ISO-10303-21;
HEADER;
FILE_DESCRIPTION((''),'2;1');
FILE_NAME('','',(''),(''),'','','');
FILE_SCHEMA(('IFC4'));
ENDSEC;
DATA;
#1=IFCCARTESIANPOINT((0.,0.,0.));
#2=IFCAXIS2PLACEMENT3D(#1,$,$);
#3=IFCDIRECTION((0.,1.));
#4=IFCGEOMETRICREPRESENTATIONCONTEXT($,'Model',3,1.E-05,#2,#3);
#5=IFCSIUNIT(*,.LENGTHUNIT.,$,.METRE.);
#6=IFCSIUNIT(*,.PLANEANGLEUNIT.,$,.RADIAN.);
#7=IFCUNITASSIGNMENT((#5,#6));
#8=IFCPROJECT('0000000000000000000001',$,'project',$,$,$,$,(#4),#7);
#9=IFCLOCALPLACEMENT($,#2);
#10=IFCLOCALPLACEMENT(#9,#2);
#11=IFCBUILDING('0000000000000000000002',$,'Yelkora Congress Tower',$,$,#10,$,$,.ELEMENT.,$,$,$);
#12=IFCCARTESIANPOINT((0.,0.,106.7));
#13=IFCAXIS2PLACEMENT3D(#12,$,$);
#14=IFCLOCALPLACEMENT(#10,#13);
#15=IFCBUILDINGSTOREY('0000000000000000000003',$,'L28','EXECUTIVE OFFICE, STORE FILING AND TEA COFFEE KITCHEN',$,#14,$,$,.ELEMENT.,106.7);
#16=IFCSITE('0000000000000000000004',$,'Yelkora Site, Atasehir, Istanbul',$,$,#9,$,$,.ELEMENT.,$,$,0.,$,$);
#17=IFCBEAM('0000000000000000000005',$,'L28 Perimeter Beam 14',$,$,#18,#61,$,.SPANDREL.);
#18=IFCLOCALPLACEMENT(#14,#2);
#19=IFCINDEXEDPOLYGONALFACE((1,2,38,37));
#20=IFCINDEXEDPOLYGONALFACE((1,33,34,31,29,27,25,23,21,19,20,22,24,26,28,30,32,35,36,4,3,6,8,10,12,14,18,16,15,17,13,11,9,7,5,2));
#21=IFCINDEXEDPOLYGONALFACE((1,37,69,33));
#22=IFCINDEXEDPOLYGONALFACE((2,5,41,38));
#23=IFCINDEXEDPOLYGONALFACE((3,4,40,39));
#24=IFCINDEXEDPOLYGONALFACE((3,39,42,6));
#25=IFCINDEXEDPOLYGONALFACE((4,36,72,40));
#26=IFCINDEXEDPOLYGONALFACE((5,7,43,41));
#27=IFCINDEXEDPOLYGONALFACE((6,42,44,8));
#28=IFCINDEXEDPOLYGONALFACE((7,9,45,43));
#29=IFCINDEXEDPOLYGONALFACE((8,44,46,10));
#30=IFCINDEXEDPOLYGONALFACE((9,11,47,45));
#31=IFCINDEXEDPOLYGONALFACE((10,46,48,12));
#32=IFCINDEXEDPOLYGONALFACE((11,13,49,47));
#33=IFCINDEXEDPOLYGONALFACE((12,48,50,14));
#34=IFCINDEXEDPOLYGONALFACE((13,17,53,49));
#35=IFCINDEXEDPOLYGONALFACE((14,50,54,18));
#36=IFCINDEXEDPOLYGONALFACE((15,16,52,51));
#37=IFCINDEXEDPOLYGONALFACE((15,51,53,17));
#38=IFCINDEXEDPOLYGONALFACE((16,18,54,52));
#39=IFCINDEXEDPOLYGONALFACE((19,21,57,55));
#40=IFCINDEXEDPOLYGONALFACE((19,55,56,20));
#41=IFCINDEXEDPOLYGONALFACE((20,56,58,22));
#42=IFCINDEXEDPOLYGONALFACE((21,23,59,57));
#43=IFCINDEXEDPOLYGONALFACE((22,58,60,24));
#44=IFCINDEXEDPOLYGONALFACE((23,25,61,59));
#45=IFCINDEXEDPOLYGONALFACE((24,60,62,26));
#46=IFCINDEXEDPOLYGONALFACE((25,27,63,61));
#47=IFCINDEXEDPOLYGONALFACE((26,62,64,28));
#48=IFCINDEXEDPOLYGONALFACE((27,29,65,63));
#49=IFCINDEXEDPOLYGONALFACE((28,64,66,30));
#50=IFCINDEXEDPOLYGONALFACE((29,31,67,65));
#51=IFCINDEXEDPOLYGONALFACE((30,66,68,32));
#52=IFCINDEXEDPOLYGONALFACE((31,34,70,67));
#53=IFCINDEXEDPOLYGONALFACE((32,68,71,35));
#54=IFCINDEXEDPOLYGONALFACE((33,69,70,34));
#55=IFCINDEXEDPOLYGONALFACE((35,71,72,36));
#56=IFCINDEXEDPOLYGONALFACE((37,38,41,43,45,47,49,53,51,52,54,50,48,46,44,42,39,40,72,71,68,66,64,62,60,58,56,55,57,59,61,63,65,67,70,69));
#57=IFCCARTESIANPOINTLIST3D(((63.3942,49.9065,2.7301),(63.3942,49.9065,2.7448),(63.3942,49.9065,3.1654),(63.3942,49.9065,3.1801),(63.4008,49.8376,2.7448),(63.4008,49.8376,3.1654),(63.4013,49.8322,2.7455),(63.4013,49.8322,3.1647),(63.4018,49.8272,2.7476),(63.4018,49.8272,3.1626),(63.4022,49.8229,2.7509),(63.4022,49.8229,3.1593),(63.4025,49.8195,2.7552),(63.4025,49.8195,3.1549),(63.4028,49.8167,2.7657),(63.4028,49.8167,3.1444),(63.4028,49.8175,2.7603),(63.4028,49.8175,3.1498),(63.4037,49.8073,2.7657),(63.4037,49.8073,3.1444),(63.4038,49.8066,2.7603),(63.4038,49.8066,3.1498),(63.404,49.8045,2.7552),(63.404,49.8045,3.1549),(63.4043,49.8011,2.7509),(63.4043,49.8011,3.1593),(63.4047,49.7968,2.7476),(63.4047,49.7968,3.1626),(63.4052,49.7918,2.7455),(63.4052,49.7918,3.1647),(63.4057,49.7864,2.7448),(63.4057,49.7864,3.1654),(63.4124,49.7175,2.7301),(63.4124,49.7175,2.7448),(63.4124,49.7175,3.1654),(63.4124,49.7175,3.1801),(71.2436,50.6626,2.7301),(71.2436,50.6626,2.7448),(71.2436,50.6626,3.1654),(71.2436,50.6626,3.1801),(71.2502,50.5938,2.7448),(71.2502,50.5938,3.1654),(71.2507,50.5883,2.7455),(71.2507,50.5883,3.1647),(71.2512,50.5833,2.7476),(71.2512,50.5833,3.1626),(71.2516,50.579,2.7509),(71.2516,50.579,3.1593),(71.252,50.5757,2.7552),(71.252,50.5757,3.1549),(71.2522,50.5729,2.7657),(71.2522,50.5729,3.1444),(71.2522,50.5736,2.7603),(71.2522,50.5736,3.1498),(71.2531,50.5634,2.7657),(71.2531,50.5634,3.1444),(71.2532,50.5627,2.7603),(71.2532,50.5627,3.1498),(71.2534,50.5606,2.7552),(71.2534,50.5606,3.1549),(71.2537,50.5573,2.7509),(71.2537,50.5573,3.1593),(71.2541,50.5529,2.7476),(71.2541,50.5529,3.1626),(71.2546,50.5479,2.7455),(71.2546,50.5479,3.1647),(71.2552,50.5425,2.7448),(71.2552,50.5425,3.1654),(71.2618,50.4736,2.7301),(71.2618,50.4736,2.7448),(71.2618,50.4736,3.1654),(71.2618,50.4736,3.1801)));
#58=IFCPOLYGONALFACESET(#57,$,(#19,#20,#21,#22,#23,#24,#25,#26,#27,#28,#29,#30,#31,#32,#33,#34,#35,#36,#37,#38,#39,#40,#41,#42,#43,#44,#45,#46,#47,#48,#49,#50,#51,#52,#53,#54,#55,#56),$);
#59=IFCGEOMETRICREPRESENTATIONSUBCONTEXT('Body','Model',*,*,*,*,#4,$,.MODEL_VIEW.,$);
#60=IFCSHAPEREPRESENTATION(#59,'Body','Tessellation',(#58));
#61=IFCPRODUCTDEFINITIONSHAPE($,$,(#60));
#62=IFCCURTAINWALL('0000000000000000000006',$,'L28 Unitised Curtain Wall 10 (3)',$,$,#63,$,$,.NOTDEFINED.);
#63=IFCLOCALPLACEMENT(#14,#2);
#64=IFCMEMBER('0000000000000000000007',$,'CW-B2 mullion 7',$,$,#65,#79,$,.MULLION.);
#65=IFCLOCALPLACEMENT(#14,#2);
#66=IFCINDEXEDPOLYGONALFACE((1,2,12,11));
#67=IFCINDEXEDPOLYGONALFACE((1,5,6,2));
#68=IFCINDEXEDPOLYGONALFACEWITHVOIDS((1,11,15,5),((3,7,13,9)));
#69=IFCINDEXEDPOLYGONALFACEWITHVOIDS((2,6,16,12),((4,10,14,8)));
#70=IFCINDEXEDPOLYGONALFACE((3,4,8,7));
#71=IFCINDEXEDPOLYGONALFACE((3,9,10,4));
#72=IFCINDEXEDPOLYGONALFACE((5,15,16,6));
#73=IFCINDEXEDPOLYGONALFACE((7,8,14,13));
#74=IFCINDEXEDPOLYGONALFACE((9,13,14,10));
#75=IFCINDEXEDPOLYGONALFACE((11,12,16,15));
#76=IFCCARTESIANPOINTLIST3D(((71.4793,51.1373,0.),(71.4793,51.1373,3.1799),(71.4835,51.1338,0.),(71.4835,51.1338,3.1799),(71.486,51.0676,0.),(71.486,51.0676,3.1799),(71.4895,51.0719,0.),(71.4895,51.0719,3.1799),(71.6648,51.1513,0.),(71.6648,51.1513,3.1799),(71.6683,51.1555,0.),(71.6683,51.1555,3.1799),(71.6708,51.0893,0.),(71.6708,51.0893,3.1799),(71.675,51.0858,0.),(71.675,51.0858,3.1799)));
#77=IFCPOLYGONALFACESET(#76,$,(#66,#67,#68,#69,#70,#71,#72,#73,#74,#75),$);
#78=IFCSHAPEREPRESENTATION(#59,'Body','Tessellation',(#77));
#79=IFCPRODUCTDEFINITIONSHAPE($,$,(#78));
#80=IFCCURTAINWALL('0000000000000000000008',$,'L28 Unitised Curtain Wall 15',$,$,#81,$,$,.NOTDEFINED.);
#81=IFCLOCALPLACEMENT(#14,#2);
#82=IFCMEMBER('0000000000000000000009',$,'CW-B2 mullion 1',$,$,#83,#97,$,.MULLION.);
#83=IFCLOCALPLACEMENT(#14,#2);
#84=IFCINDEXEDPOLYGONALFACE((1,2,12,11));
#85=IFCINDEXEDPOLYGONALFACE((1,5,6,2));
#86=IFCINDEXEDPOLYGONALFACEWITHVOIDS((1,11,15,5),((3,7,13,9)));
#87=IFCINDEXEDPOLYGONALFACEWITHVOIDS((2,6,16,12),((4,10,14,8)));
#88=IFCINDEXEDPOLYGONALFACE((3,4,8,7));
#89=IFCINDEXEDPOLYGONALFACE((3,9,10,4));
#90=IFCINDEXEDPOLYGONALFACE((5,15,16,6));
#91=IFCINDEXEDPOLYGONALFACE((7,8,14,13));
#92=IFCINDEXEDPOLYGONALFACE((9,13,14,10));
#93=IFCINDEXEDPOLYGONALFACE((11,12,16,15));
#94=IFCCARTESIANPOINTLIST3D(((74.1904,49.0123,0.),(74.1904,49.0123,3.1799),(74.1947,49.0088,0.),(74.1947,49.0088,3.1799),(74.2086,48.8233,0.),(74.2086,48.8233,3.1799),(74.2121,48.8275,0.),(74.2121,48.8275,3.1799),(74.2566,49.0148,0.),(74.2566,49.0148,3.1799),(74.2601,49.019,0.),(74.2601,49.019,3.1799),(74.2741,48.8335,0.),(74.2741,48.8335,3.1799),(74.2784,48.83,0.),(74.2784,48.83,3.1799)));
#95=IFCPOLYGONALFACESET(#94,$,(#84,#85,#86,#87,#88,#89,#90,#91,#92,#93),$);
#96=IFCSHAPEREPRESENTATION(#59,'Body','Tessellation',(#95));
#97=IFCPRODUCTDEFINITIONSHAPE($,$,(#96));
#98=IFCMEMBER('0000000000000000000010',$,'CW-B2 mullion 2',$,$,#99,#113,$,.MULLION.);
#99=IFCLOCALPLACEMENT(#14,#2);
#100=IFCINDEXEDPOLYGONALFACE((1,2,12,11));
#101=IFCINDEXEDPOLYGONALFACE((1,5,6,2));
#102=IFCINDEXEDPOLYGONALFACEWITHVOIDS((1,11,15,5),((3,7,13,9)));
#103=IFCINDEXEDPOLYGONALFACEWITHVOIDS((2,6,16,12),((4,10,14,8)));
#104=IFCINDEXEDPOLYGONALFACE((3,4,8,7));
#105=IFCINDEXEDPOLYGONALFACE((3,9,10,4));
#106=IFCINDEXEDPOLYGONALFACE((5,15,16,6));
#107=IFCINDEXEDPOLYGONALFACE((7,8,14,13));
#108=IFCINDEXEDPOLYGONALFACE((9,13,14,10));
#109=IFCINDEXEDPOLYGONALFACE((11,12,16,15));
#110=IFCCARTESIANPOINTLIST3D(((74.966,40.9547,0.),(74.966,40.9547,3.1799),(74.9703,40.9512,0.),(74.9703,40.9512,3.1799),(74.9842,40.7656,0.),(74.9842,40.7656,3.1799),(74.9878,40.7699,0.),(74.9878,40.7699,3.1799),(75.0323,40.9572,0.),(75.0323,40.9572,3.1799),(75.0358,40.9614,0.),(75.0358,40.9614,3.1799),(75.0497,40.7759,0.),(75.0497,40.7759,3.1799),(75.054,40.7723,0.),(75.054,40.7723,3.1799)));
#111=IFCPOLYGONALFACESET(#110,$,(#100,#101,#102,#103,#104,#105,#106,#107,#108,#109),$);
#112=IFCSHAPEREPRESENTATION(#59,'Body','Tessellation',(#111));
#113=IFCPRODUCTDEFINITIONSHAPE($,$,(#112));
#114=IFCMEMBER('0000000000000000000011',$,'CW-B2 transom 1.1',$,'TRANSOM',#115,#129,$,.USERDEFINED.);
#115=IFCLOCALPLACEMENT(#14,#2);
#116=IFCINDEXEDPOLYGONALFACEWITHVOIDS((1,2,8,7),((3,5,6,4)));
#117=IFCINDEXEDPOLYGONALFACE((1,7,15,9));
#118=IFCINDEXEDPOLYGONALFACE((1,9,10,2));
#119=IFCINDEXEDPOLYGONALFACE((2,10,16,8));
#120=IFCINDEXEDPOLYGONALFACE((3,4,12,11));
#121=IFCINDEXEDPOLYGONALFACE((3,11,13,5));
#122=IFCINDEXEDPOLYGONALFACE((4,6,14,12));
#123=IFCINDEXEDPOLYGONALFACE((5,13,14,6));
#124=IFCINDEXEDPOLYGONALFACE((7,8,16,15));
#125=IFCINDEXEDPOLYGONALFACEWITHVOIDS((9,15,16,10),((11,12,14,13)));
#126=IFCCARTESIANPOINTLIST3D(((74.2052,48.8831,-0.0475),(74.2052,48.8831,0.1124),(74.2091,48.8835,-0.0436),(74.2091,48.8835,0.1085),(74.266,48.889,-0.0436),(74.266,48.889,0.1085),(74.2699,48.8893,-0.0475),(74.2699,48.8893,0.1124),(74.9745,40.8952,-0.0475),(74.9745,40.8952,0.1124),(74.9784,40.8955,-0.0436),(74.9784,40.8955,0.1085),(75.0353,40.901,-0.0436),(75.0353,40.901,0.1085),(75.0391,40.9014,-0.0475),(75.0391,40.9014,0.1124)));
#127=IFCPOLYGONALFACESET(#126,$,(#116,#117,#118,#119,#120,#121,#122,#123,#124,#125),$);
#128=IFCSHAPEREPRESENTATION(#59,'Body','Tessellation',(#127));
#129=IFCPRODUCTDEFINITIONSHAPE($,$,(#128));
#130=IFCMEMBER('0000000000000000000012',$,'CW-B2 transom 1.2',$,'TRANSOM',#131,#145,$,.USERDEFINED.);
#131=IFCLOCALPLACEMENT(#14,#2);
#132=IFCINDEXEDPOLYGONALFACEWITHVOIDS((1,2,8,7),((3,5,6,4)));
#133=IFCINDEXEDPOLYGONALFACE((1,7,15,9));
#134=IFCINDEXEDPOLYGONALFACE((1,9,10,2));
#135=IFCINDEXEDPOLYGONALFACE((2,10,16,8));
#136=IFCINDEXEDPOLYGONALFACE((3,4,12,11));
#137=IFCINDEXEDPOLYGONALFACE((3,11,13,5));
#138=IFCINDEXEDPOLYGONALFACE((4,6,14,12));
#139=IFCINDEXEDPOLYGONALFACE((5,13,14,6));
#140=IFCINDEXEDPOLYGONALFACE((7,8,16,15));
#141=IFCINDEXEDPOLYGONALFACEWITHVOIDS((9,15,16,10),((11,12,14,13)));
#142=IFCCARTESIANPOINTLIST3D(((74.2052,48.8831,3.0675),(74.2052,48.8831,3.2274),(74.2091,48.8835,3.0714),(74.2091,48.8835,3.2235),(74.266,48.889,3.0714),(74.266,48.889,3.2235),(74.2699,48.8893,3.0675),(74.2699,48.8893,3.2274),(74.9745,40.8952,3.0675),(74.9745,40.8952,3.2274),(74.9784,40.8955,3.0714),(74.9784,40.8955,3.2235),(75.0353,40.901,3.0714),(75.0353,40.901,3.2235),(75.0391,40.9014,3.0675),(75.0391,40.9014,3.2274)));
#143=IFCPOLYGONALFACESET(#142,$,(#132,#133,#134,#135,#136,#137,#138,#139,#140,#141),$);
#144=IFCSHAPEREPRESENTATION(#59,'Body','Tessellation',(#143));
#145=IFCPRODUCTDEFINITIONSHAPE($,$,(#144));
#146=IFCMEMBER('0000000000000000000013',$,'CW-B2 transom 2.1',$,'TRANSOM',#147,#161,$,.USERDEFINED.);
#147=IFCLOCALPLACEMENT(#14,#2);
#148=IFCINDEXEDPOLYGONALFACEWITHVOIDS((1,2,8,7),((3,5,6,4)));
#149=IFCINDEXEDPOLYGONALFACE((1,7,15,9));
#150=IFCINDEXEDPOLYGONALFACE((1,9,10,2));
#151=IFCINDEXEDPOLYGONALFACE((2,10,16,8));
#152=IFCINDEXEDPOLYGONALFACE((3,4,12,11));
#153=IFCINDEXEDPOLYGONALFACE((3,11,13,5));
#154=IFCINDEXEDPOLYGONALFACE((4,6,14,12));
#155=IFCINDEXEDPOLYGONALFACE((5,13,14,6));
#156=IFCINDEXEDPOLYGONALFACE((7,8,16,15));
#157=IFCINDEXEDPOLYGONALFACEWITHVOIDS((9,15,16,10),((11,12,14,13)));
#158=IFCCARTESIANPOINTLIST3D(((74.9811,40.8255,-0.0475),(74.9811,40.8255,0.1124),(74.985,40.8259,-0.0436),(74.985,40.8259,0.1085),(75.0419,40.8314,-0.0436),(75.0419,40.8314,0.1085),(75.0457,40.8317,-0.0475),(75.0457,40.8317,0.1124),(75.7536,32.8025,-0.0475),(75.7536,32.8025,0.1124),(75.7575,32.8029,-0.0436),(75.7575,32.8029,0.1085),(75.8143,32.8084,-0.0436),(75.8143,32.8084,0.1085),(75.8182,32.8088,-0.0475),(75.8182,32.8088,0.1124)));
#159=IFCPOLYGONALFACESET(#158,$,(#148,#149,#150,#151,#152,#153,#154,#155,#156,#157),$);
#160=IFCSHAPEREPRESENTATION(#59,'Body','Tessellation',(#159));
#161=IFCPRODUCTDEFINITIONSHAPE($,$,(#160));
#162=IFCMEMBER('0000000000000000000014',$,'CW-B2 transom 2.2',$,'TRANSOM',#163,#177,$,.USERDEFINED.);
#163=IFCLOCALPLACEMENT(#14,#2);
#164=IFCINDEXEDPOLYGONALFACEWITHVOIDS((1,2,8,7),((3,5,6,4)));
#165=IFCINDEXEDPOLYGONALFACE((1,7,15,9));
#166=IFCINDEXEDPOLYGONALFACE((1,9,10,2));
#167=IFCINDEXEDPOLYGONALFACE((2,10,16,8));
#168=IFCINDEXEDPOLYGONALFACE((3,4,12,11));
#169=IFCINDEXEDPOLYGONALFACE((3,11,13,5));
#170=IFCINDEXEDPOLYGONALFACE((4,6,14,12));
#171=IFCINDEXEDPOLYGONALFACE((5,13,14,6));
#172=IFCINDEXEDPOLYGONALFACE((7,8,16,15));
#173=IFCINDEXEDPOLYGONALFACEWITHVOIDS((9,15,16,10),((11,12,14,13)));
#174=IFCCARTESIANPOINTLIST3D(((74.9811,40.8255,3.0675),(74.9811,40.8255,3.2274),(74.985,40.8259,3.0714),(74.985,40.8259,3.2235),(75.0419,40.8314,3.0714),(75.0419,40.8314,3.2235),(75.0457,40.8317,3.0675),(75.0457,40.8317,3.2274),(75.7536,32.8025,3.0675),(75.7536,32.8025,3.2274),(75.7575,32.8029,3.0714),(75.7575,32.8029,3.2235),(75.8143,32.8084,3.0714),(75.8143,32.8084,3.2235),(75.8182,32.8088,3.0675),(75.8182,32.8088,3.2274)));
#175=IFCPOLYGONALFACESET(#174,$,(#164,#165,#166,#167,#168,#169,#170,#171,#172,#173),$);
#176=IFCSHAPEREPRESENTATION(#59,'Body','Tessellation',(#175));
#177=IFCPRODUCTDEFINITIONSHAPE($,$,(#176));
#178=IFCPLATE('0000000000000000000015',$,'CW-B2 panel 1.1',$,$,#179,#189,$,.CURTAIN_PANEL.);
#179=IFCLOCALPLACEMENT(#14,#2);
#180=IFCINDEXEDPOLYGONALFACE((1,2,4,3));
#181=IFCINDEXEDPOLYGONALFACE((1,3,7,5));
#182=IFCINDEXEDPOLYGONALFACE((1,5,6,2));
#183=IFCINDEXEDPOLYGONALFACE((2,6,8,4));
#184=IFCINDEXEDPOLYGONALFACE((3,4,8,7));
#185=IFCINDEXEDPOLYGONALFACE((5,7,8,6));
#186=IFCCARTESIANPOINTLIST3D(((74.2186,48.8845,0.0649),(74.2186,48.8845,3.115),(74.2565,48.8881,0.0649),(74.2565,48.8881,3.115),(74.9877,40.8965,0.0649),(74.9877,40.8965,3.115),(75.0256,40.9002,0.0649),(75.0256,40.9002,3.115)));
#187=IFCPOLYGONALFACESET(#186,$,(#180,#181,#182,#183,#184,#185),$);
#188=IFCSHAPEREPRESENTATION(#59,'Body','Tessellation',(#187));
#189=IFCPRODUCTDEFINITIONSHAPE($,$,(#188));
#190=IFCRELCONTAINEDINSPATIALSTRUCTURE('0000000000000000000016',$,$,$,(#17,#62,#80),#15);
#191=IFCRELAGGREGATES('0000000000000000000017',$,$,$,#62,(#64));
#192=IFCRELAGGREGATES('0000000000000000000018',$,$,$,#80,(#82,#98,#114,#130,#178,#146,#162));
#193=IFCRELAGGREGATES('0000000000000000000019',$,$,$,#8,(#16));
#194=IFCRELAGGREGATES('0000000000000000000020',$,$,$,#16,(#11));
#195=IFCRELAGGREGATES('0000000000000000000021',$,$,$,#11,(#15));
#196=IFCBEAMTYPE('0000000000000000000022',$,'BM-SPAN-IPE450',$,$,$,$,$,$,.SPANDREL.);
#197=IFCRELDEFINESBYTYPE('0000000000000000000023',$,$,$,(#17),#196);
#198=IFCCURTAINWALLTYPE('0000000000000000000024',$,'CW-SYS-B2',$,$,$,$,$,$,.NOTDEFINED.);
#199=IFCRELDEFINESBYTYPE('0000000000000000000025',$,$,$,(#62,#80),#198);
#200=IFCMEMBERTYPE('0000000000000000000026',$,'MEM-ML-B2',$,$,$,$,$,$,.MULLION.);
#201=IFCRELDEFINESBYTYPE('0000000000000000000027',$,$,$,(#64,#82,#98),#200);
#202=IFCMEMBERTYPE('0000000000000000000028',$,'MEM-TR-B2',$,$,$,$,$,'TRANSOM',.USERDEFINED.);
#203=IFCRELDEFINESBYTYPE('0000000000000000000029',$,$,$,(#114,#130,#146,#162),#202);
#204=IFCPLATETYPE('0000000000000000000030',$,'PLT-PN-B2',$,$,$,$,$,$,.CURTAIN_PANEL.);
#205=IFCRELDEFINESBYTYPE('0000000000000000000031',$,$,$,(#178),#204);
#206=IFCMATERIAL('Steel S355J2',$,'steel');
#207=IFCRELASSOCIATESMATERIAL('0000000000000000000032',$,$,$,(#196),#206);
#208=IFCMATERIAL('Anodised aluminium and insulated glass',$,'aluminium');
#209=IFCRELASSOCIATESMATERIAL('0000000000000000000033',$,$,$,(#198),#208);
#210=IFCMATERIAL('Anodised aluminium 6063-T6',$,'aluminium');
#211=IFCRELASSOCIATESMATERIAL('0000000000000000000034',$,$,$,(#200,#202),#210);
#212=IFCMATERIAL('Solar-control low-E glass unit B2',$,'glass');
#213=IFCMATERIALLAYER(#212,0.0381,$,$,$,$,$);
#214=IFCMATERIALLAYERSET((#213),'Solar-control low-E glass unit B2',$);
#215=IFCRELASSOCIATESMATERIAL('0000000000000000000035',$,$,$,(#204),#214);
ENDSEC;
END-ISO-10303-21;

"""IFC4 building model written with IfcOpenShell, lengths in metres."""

from ifc_helpers import new_model, si_unit, direction, frame, origin, origin_2d, place, context, subcontext, project, spatial, rectangle, hollow_rectangle, i_section, extrude, material, layer, layer_set, material_profile, profile_set, type_object, element, aggregate, save


model = new_model("IFC4")

# Units and contexts
model_context = context("Model", 3, precision=1e-05, world=origin(), true_north=direction((0.0, 1.0)))
body_context = subcontext(model_context, "Body", "Model", "MODEL_VIEW")
ifc_project = project(units=[si_unit("LENGTHUNIT", "METRE"), si_unit("PLANEANGLEUNIT", "RADIAN")], contexts=[model_context])

# Site, building, storey
site_placement = place(None, origin())
site = spatial("IfcSite", under=ifc_project, at=site_placement, Name="Yelkora Site, Atasehir, Istanbul", CompositionType="ELEMENT", RefElevation=0.0)
building_placement = place(site_placement, origin())
building = spatial("IfcBuilding", under=site, at=building_placement, Name="Yelkora Congress Tower", CompositionType="ELEMENT")
storey_placement = place(building_placement, frame((0.0, 0.0, 106.7)))
storey = spatial("IfcBuildingStorey", under=building, at=storey_placement, Name="L28", Description="EXECUTIVE OFFICE, STORE FILING AND TEA COFFEE KITCHEN", CompositionType="ELEMENT", Elevation=106.7)

# Beam
ifc_material_1 = material(Name="Steel S355J2", Category="steel")
ifc_material_profile_1 = material_profile(ifc_material_1, i_section(OverallWidth=0.1899, OverallDepth=0.45, WebThickness=0.0095, FlangeThickness=0.0146, FilletRadius=0.021, at=origin_2d()), Name="IPE 450")
ifc_profile_set_1 = profile_set([ifc_material_profile_1], Name="Steel S355J2")
beam_type_1 = type_object("IfcBeamType", Name="BM-SPAN-IPE450", PredefinedType="SPANDREL", material=ifc_profile_set_1)
beam_1_placement = place(storey_placement, frame((71.2527, 50.5681, 2.9551), z_axis=(-0.995393, -0.095883, 0.0), x_axis=(0.095883, -0.995393, 0.0)))
element("IfcBeam", 1, at=beam_1_placement, inside=storey, type_object=beam_type_1, Name="L28 Perimeter Beam 14", PredefinedType="SPANDREL", context=body_context, shape_type="SweptSolid", body=[
    extrude(i_section(OverallWidth=0.1899, OverallDepth=0.45, WebThickness=0.0095, FlangeThickness=0.0146, FilletRadius=0.021, at=origin_2d()), origin(), (0.0, 0.0, 1.0), 7.8857),
])

# Curtain wall, member
ifc_material_2 = material(Name="Anodised aluminium and insulated glass", Category="aluminium")
curtain_wall_type = type_object("IfcCurtainWallType", Name="CW-SYS-B2", PredefinedType="NOTDEFINED", material=ifc_material_2)
curtain_wall_1_placement = place(storey_placement, origin())
curtain_wall_1 = element("IfcCurtainWall", 2, at=curtain_wall_1_placement, inside=storey, type_object=curtain_wall_type, Name="L28 Unitised Curtain Wall 10 (3)", PredefinedType="NOTDEFINED")
ifc_material_3 = material(Name="Anodised aluminium 6063-T6", Category="aluminium")
ifc_material_profile_2 = material_profile(ifc_material_3, hollow_rectangle(XDim=0.0701, YDim=0.1899, WallThickness=0.0039, at=origin_2d()), Name="ALU 70x190x4")
ifc_profile_set_2 = profile_set([ifc_material_profile_2], Name="Anodised aluminium 6063-T6")
member_type_1 = type_object("IfcMemberType", Name="MEM-ML-B2", PredefinedType="MULLION", material=ifc_profile_set_2)
member_1_placement = place(storey_placement, frame((71.5771, 51.1116, 0.0), z_axis=(0.0, 0.0, 1.0), x_axis=(-0.095844, 0.995396, 0.0)))
member_1 = element("IfcMember", 3, at=member_1_placement, type_object=member_type_1, Name="CW-B2 mullion 7", PredefinedType="MULLION", context=body_context, shape_type="SweptSolid", body=[
    extrude(hollow_rectangle(XDim=0.0701, YDim=0.1899, WallThickness=0.0039, at=origin_2d()), origin(), (0.0, 0.0, 1.0), 3.1799),
])
aggregate(curtain_wall_1, [member_1])

# Curtain wall, members, plate
curtain_wall_2_placement = place(storey_placement, origin())
curtain_wall_2 = element("IfcCurtainWall", 4, at=curtain_wall_2_placement, inside=storey, type_object=curtain_wall_type, Name="L28 Unitised Curtain Wall 15", PredefinedType="NOTDEFINED")
member_2_placement = place(storey_placement, frame((74.2344, 48.9211, 0.0), z_axis=(0.0, 0.0, 1.0), x_axis=(0.995397, 0.095843, 0.0)))
member_2 = element("IfcMember", 5, at=member_2_placement, type_object=member_type_1, Name="CW-B2 mullion 1", PredefinedType="MULLION", context=body_context, shape_type="SweptSolid", body=[
    extrude(hollow_rectangle(XDim=0.0701, YDim=0.1899, WallThickness=0.0039, at=origin_2d()), origin(), (0.0, 0.0, 1.0), 3.1799),
])
member_3_placement = place(storey_placement, frame((75.01, 40.8635, 0.0), z_axis=(0.0, 0.0, 1.0), x_axis=(0.995397, 0.095843, 0.0)))
member_3 = element("IfcMember", 6, at=member_3_placement, type_object=member_type_1, Name="CW-B2 mullion 2", PredefinedType="MULLION", context=body_context, shape_type="SweptSolid", body=[
    extrude(hollow_rectangle(XDim=0.0701, YDim=0.1899, WallThickness=0.0039, at=origin_2d()), origin(), (0.0, 0.0, 1.0), 3.1799),
])
ifc_material_profile_3 = material_profile(ifc_material_3, hollow_rectangle(XDim=0.0649, YDim=0.1599, WallThickness=0.0039, at=origin_2d()), Name="ALU 65x160x4")
ifc_profile_set_3 = profile_set([ifc_material_profile_3], Name="Anodised aluminium 6063-T6")
member_type_2 = type_object("IfcMemberType", Name="MEM-TR-B2", ElementType="TRANSOM", PredefinedType="USERDEFINED", material=ifc_profile_set_3)
member_4_placement = place(storey_placement, frame((74.2375, 48.8862, 0.0325), z_axis=(0.095861, -0.995395, 0.0), x_axis=(0.995395, 0.095861, 0.0)))
member_4 = element("IfcMember", 7, at=member_4_placement, type_object=member_type_2, Name="CW-B2 transom 1.1", ObjectType="TRANSOM", PredefinedType="USERDEFINED", context=body_context, shape_type="SweptSolid", body=[
    extrude(hollow_rectangle(XDim=0.0649, YDim=0.1599, WallThickness=0.0039, at=origin_2d()), origin(), (0.0, 0.0, 1.0), 8.0249),
])
member_5_placement = place(storey_placement, frame((74.2375, 48.8862, 3.1475), z_axis=(0.095861, -0.995395, 0.0), x_axis=(0.995395, 0.095861, 0.0)))
member_5 = element("IfcMember", 8, at=member_5_placement, type_object=member_type_2, Name="CW-B2 transom 1.2", ObjectType="TRANSOM", PredefinedType="USERDEFINED", context=body_context, shape_type="SweptSolid", body=[
    extrude(hollow_rectangle(XDim=0.0649, YDim=0.1599, WallThickness=0.0039, at=origin_2d()), origin(), (0.0, 0.0, 1.0), 8.0249),
])
member_6_placement = place(storey_placement, frame((75.0134, 40.8286, 0.0325), z_axis=(0.095838, -0.995397, 0.0), x_axis=(0.995397, 0.095838, 0.0)))
member_6 = element("IfcMember", 9, at=member_6_placement, type_object=member_type_2, Name="CW-B2 transom 2.1", ObjectType="TRANSOM", PredefinedType="USERDEFINED", context=body_context, shape_type="SweptSolid", body=[
    extrude(hollow_rectangle(XDim=0.0649, YDim=0.1599, WallThickness=0.0039, at=origin_2d()), origin(), (0.0, 0.0, 1.0), 8.0601),
])
member_7_placement = place(storey_placement, frame((75.0134, 40.8286, 3.1475), z_axis=(0.095838, -0.995397, 0.0), x_axis=(0.995397, 0.095838, 0.0)))
member_7 = element("IfcMember", 10, at=member_7_placement, type_object=member_type_2, Name="CW-B2 transom 2.2", ObjectType="TRANSOM", PredefinedType="USERDEFINED", context=body_context, shape_type="SweptSolid", body=[
    extrude(hollow_rectangle(XDim=0.0649, YDim=0.1599, WallThickness=0.0039, at=origin_2d()), origin(), (0.0, 0.0, 1.0), 8.0601),
])
ifc_material_4 = material(Name="Solar-control low-E glass unit B2", Category="glass")
ifc_layer_1 = layer(ifc_material_4, 0.0381)
ifc_layer_set_1 = layer_set([ifc_layer_1], Name="Solar-control low-E glass unit B2")
plate_type = type_object("IfcPlateType", Name="PLT-PN-B2", PredefinedType="CURTAIN_PANEL", material=ifc_layer_set_1)
plate_1_placement = place(storey_placement, frame((74.6221, 44.8923, 0.0649), z_axis=(0.0, 0.0, 1.0), x_axis=(0.095843, -0.995397, 0.0)))
plate_1 = element("IfcPlate", 11, at=plate_1_placement, type_object=plate_type, Name="CW-B2 panel 1.1", PredefinedType="CURTAIN_PANEL", context=body_context, shape_type="SweptSolid", body=[
    extrude(rectangle(XDim=8.0249, YDim=0.0381, at=origin_2d()), origin(), (0.0, 0.0, 1.0), 3.05),
])
aggregate(curtain_wall_2, [member_2, member_3, member_4, member_5, plate_1, member_6, member_7])

save(model, "model.ifc")
